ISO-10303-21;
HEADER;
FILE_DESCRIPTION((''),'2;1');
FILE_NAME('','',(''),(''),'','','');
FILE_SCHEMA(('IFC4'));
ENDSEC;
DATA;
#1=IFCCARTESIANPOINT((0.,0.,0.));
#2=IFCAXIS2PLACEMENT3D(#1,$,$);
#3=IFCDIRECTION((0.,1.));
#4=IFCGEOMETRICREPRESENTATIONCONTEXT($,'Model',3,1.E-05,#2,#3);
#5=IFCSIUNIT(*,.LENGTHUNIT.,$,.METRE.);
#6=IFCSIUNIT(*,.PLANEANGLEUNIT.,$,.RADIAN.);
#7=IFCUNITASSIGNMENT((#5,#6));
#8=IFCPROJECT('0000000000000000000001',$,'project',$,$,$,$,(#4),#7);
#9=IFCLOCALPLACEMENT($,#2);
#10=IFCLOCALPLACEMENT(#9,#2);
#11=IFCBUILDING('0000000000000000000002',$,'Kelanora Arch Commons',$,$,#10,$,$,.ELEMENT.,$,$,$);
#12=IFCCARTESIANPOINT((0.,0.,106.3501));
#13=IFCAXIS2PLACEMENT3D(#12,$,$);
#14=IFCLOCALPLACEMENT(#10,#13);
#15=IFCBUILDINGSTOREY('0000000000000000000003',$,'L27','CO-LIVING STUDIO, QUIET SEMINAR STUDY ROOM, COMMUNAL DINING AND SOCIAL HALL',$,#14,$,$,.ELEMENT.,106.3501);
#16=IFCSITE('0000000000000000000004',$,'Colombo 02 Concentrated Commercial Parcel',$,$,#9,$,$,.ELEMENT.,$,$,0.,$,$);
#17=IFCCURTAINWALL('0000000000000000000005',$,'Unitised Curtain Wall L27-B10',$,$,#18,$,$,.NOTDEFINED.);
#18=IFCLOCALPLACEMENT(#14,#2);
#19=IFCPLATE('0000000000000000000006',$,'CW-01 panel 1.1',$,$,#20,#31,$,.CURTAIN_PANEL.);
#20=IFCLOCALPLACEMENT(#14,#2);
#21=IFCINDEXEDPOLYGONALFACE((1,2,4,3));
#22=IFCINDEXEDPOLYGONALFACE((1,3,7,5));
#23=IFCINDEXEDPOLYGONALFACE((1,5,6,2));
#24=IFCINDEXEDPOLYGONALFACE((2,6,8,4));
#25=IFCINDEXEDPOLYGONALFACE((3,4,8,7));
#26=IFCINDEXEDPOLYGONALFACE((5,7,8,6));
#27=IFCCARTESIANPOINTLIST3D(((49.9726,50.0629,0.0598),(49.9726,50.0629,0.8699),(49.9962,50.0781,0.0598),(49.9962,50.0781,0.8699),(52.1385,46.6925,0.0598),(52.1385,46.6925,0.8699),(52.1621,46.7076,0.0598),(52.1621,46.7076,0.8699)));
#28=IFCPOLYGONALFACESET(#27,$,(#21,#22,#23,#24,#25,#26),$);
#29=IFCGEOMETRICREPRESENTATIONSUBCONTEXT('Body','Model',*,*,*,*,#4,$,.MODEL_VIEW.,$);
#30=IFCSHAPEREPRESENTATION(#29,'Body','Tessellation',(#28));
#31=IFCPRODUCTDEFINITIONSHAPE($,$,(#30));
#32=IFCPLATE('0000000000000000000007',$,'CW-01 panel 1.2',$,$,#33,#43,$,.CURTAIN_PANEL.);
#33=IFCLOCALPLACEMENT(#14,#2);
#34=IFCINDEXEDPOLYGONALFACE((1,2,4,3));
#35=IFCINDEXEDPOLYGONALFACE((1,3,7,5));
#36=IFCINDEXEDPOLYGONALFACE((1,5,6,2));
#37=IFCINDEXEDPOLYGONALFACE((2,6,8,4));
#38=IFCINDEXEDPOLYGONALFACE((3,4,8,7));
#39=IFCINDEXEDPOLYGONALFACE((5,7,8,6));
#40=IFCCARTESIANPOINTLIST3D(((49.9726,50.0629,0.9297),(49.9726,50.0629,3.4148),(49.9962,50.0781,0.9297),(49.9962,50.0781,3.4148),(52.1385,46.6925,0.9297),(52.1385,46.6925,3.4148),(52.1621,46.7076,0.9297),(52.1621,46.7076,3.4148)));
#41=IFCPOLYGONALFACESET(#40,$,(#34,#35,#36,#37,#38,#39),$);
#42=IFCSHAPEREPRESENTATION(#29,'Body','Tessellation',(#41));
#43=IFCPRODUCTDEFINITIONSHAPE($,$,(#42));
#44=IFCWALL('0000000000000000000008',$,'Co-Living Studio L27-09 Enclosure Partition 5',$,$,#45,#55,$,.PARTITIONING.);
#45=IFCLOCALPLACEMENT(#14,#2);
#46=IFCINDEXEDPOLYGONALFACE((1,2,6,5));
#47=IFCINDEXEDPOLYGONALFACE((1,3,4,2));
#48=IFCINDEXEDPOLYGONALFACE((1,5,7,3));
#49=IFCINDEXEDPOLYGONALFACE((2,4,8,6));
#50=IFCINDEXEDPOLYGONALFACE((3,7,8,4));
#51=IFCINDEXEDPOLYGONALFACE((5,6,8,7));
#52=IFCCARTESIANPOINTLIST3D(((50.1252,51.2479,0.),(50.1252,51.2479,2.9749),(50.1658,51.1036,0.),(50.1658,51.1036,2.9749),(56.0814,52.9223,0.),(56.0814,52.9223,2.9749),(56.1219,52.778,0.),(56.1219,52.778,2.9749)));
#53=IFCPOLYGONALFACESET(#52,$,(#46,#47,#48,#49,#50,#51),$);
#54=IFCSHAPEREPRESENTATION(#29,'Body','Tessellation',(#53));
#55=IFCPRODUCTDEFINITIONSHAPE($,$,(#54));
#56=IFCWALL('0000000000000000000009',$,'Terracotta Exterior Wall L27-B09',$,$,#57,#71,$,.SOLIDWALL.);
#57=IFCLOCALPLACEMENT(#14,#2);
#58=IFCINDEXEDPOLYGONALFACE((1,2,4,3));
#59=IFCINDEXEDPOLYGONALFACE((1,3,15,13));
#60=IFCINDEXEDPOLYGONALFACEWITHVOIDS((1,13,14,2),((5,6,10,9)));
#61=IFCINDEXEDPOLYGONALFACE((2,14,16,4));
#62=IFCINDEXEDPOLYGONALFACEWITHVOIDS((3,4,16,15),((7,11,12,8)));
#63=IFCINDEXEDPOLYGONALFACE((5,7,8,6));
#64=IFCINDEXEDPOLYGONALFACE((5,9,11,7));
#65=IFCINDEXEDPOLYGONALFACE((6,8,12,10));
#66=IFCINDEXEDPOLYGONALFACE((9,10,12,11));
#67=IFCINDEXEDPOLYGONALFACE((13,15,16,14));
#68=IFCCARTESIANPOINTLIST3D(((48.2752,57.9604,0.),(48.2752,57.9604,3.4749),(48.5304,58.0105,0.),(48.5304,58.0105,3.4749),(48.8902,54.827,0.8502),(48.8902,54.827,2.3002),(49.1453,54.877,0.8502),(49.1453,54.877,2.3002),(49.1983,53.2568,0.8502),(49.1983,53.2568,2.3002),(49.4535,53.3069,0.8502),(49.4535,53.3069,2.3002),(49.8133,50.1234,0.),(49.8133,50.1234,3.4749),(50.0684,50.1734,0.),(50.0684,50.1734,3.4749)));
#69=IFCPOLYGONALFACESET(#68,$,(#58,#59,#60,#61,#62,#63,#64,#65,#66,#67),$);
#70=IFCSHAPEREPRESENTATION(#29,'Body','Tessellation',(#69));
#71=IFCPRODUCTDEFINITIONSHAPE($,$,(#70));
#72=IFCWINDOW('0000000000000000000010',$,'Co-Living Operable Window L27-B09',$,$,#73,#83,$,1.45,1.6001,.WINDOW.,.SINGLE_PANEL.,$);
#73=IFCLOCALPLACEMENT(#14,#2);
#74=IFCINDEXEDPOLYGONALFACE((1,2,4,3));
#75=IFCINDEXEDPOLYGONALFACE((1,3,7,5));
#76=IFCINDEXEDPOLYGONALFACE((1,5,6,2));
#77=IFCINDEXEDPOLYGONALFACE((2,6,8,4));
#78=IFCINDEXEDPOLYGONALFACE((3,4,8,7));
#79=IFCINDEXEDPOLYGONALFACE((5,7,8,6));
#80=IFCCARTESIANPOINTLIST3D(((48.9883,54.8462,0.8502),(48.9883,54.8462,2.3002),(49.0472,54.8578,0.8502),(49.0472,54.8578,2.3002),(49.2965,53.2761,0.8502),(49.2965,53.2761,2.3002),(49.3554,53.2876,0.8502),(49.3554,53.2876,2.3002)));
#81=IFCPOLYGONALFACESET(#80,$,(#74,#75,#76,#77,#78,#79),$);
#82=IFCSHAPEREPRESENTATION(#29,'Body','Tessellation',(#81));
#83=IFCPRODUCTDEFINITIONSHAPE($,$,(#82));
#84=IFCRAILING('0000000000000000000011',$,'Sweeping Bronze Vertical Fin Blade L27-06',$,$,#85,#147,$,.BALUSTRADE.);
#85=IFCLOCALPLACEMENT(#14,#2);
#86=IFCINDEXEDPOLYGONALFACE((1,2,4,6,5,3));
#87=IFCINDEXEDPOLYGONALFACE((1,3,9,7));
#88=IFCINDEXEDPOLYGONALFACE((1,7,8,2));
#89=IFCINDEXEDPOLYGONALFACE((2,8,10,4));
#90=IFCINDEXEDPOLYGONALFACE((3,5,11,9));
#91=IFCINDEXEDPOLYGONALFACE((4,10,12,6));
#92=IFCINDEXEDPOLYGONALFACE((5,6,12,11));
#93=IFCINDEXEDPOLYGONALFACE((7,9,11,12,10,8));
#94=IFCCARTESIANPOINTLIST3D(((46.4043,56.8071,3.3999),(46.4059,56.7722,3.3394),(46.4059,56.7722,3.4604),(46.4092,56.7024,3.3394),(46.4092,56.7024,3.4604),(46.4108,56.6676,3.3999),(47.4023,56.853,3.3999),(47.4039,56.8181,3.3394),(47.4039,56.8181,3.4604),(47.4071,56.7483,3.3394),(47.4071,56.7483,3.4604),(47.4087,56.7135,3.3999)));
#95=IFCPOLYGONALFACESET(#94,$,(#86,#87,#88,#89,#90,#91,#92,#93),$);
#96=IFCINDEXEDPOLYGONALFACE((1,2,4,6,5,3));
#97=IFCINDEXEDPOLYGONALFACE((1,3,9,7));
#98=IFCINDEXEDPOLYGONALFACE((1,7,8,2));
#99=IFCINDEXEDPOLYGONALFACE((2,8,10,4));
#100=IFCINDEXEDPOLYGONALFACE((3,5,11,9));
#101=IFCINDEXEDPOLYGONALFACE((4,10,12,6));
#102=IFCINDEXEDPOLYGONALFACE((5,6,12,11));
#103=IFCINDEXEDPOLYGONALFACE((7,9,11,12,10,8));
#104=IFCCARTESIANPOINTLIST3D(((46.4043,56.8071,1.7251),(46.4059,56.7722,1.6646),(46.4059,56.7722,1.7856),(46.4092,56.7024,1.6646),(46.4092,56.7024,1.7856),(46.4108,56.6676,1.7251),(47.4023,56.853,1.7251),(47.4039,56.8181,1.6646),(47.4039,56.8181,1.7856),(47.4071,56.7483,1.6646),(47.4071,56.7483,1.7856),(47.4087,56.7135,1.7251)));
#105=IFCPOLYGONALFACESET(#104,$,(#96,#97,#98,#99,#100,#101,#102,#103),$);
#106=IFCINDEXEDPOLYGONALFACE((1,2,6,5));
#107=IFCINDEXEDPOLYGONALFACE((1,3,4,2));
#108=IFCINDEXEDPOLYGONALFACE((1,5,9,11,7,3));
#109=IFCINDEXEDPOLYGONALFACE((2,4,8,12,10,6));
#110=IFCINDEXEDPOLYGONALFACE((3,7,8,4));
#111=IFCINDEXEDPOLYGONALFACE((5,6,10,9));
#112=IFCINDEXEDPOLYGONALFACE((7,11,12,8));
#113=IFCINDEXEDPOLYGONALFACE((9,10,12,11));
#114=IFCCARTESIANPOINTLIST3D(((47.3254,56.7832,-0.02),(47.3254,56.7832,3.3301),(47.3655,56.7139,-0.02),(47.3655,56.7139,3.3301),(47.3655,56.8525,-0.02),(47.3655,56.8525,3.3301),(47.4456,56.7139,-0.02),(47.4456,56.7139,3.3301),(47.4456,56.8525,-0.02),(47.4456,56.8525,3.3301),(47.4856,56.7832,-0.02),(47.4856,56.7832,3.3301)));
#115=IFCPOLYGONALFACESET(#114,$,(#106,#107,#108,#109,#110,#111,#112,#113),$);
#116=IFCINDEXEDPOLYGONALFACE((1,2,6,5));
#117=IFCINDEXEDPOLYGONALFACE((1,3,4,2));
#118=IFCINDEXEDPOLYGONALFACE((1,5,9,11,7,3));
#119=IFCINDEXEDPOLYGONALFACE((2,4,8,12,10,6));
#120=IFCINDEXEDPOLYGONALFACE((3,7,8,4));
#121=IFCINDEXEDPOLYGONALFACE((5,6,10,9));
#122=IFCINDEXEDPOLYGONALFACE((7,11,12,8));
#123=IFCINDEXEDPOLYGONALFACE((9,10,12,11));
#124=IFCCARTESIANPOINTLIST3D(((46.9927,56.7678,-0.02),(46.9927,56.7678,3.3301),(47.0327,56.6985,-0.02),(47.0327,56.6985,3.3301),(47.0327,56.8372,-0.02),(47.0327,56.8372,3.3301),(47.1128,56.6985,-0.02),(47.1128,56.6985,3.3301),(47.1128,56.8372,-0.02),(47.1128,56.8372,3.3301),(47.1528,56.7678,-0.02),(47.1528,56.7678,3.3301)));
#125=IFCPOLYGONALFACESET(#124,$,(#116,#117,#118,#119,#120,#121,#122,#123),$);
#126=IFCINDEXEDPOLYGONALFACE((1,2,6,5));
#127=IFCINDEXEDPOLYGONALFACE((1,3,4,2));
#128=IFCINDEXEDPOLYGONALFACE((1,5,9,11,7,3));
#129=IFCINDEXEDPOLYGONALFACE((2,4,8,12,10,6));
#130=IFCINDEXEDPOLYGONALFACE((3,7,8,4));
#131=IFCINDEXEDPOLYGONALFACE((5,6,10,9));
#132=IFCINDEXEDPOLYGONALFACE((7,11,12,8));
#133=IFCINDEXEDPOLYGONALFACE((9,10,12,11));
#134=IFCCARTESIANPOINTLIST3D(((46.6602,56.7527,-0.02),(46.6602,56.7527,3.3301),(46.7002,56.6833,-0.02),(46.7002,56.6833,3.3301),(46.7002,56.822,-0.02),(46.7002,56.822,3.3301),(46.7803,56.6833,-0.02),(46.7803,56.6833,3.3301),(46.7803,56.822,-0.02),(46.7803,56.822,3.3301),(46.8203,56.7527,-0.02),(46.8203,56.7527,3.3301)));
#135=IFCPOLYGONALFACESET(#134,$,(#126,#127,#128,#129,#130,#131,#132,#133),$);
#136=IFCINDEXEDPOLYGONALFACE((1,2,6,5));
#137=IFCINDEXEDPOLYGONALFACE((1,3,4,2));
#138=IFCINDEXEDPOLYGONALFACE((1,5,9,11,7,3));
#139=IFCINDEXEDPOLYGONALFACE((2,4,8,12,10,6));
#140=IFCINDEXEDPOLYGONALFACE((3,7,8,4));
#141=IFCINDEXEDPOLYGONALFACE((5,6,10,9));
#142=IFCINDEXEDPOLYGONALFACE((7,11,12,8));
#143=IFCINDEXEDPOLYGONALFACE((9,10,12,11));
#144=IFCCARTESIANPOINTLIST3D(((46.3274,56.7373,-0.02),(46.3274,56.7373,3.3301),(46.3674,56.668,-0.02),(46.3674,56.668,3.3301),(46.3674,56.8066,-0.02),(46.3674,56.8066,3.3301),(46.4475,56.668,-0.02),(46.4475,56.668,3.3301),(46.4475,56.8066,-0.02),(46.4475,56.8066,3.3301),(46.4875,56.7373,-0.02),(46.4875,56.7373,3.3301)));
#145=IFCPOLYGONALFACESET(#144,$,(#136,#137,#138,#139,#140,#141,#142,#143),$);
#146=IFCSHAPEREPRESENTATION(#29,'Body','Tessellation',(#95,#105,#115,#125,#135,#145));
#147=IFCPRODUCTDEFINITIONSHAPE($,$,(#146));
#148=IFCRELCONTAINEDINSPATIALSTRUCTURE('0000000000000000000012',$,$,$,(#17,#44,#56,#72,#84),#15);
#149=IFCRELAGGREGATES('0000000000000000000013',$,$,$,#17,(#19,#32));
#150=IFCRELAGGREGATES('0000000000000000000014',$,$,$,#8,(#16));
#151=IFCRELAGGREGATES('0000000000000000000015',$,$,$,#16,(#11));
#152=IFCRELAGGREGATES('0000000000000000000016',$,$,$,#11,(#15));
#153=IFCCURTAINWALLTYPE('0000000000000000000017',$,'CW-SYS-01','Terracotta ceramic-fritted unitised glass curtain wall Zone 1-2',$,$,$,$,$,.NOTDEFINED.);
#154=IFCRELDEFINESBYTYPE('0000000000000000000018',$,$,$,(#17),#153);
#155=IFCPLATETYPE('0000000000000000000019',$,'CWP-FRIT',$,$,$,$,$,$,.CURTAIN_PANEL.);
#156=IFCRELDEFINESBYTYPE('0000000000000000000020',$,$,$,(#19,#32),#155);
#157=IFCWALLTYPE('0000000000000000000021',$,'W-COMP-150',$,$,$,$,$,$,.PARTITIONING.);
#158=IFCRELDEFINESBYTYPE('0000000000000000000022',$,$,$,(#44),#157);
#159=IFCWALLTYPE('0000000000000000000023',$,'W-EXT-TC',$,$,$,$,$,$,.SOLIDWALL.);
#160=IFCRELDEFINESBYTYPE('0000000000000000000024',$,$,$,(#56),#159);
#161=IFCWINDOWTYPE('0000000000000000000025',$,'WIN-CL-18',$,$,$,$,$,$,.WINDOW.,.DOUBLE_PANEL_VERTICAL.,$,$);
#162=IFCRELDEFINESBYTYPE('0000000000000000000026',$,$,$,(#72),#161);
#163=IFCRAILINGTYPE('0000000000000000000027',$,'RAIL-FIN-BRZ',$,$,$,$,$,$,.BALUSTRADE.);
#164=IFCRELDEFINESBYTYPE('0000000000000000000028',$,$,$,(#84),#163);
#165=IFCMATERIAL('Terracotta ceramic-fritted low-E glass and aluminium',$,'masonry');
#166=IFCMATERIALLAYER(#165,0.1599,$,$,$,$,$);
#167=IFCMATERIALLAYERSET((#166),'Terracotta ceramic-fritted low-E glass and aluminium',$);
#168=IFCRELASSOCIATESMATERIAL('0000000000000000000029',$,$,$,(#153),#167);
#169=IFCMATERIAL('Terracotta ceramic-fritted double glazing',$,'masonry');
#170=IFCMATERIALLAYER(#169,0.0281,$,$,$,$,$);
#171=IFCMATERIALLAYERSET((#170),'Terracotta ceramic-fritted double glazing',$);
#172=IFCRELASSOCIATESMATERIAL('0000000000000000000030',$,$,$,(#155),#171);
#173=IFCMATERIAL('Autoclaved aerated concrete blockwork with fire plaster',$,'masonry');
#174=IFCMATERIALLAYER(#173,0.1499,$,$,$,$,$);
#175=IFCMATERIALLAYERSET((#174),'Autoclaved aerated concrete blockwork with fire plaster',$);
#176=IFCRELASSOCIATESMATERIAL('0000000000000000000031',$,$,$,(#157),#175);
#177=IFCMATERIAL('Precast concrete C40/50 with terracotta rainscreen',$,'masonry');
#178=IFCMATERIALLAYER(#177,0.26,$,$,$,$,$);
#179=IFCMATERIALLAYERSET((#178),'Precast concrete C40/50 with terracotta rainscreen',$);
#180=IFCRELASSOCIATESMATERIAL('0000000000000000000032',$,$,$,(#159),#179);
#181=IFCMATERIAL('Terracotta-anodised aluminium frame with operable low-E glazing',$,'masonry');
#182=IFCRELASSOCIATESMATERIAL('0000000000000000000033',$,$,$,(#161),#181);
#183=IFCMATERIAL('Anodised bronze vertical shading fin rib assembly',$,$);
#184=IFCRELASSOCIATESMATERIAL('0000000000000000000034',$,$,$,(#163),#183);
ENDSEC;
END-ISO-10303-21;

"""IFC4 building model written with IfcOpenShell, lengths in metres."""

from ifc_helpers import new_model, si_unit, direction, frame, frame_2d, origin, origin_2d, place, context, subcontext, project, spatial, polyline, rectangle, outline, extrude, source, transform, mapped, material, layer, layer_set, type_object, element, fill, aggregate, save


model = new_model("IFC4")

# Units and contexts
model_context = context("Model", 3, precision=1e-05, world=origin(), true_north=direction((0.0, 1.0)))
body_context = subcontext(model_context, "Body", "Model", "MODEL_VIEW")
ifc_project = project(units=[si_unit("LENGTHUNIT", "METRE"), si_unit("PLANEANGLEUNIT", "RADIAN")], contexts=[model_context])

# Site, building, storey
site_placement = place(None, origin())
site = spatial("IfcSite", under=ifc_project, at=site_placement, Name="Colombo 02 Concentrated Commercial Parcel", CompositionType="ELEMENT", RefElevation=0.0)
building_placement = place(site_placement, origin())
building = spatial("IfcBuilding", under=site, at=building_placement, Name="Kelanora Arch Commons", CompositionType="ELEMENT")
storey_placement = place(building_placement, frame((0.0, 0.0, 106.3501)))
storey = spatial("IfcBuildingStorey", under=building, at=storey_placement, Name="L27", Description="CO-LIVING STUDIO, QUIET SEMINAR STUDY ROOM, COMMUNAL DINING AND SOCIAL HALL", CompositionType="ELEMENT", Elevation=106.3501)

# Shared definitions
ifc_material_1 = material(Name="Terracotta ceramic-fritted low-E glass and aluminium", Category="masonry")
ifc_layer_1 = layer(ifc_material_1, 0.1599)
ifc_layer_set_1 = layer_set([ifc_layer_1], Name="Terracotta ceramic-fritted low-E glass and aluminium")
curtain_wall_type = type_object("IfcCurtainWallType", Name="CW-SYS-01", Description="Terracotta ceramic-fritted unitised glass curtain wall Zone 1-2", PredefinedType="NOTDEFINED", material=ifc_layer_set_1)

# Curtain wall
curtain_wall_1_placement = place(storey_placement, origin())
curtain_wall_1 = element("IfcCurtainWall", 1, at=curtain_wall_1_placement, inside=storey, type_object=curtain_wall_type, Name="Unitised Curtain Wall L27-B10", PredefinedType="NOTDEFINED")

# Plates
ifc_material_2 = material(Name="Terracotta ceramic-fritted double glazing", Category="masonry")
ifc_layer_2 = layer(ifc_material_2, 0.0281)
ifc_layer_set_2 = layer_set([ifc_layer_2], Name="Terracotta ceramic-fritted double glazing")
plate_type = type_object("IfcPlateType", Name="CWP-FRIT", PredefinedType="CURTAIN_PANEL", material=ifc_layer_set_2)
shared_shape_1 = source(origin(), body_context, "Body", "SweptSolid", [
    extrude(rectangle(XDim=4.0063, YDim=0.0281, at=origin_2d()), origin(), (0.0, 0.0, 1.0), 0.8101),
])
plate_1_placement = place(storey_placement, frame((51.0674, 48.3853, 0.0598), z_axis=(0.0, 0.0, 1.0), x_axis=(0.540617, -0.841269, 0.0)))
plate_1 = element("IfcPlate", 2, at=plate_1_placement, type_object=plate_type, Name="CW-01 panel 1.1", PredefinedType="CURTAIN_PANEL", context=body_context, shape_type="MappedRepresentation", body=[
    mapped(shared_shape_1, transform((0.0, 0.0, 0.0), scale=1.0)),
])
shared_shape_2 = source(origin(), body_context, "Body", "SweptSolid", [
    extrude(rectangle(XDim=4.0063, YDim=0.0281, at=origin_2d()), origin(), (0.0, 0.0, 1.0), 2.4851),
])
plate_2_placement = place(storey_placement, frame((51.0674, 48.3853, 0.9297), z_axis=(0.0, 0.0, 1.0), x_axis=(0.540617, -0.841269, 0.0)))
plate_2 = element("IfcPlate", 3, at=plate_2_placement, type_object=plate_type, Name="CW-01 panel 1.2", PredefinedType="CURTAIN_PANEL", context=body_context, shape_type="MappedRepresentation", body=[
    mapped(shared_shape_2, transform((0.0, 0.0, 0.0), scale=1.0)),
])
aggregate(curtain_wall_1, [plate_1, plate_2])

# Wall
ifc_material_3 = material(Name="Autoclaved aerated concrete blockwork with fire plaster", Category="masonry")
ifc_layer_3 = layer(ifc_material_3, 0.1499)
ifc_layer_set_3 = layer_set([ifc_layer_3], Name="Autoclaved aerated concrete blockwork with fire plaster")
wall_type_1 = type_object("IfcWallType", Name="W-COMP-150", PredefinedType="PARTITIONING", material=ifc_layer_set_3)
wall_1_placement = place(storey_placement, frame((50.1455, 51.1758, 0.0), z_axis=(0.0, 0.0, 1.0), x_axis=(0.962686, 0.270622, 0.0)))
element("IfcWall", 4, at=wall_1_placement, inside=storey, type_object=wall_type_1, Name="Co-Living Studio L27-09 Enclosure Partition 5", PredefinedType="PARTITIONING", context=body_context, shape_type="SweptSolid", body=[
    extrude(rectangle(XDim=6.187, YDim=0.1499, at=frame_2d((3.0935, 0.0))), origin(), (0.0, 0.0, 1.0), 2.9749),
])

# Wall, opening, window
ifc_material_4 = material(Name="Precast concrete C40/50 with terracotta rainscreen", Category="masonry")
ifc_layer_4 = layer(ifc_material_4, 0.26)
ifc_layer_set_4 = layer_set([ifc_layer_4], Name="Precast concrete C40/50 with terracotta rainscreen")
wall_type_2 = type_object("IfcWallType", Name="W-EXT-TC", PredefinedType="SOLIDWALL", material=ifc_layer_set_4)
wall_2_placement = place(storey_placement, frame((48.4028, 57.9854, 0.0), z_axis=(0.0, 0.0, 1.0), x_axis=(0.192582, -0.981281, 0.0)))
wall_2 = element("IfcWall", 5, at=wall_2_placement, inside=storey, type_object=wall_type_2, Name="Terracotta Exterior Wall L27-B09", PredefinedType="SOLIDWALL", context=body_context, shape_type="SweptSolid", body=[
    extrude(rectangle(XDim=7.9866, YDim=0.26, at=frame_2d((3.9932, 0.0))), origin(), (0.0, 0.0, 1.0), 3.4749),
])
opening_placement = place(wall_2_placement, frame((3.1931, 0.0, 0.8501)))
opening = element("IfcOpeningElement", 6, at=opening_placement, cuts=wall_2, PredefinedType="OPENING", context=body_context, shape_type="SweptSolid", body=[
    extrude(rectangle(XDim=1.6001, YDim=1.45, at=frame_2d((0.8, 0.7251))), frame((0.0, 0.1401, 0.0), z_axis=(0.0, -1.0, 0.0), x_axis=(1.0, 0.0, 0.0)), (0.0, 0.0, 1.0), 0.28),
])
ifc_material_5 = material(Name="Terracotta-anodised aluminium frame with operable low-E glazing", Category="masonry")
window_type = type_object("IfcWindowType", Name="WIN-CL-18", PartitioningType="DOUBLE_PANEL_VERTICAL", PredefinedType="WINDOW", material=ifc_material_5)
window_placement = place(opening_placement, origin())
window = element("IfcWindow", 7, at=window_placement, inside=storey, type_object=window_type, Name="Co-Living Operable Window L27-B09", OverallHeight=1.45, OverallWidth=1.6001, PartitioningType="SINGLE_PANEL", PredefinedType="WINDOW", context=body_context, shape_type="SweptSolid", body=[
    extrude(rectangle(XDim=1.6001, YDim=1.45, at=frame_2d((0.8, 0.7251))), frame((0.0, 0.03, 0.0), z_axis=(0.0, -1.0, 0.0), x_axis=(1.0, 0.0, 0.0)), (0.0, 0.0, 1.0), 0.0601),
])
fill(opening, window)

# Railing
ifc_material_6 = material(Name="Anodised bronze vertical shading fin rib assembly")
railing_type = type_object("IfcRailingType", Name="RAIL-FIN-BRZ", PredefinedType="BALUSTRADE", material=ifc_material_6)
railing_1_placement = place(storey_placement, frame((47.4055, 56.7832, -0.02)))
element("IfcRailing", 8, at=railing_1_placement, inside=storey, type_object=railing_type, Name="Sweeping Bronze Vertical Fin Blade L27-06", PredefinedType="BALUSTRADE", context=body_context, shape_type="SweptSolid", body=[
    extrude(outline(polyline([(0.0698, 0.0), (0.0349, 0.0605), (-0.0349, 0.0605), (-0.0698, 0.0), (-0.0349, -0.0605), (0.0349, -0.0605), (0.0698, 0.0)])), frame((0.0, 0.0, 3.4199), z_axis=(-0.998944, -0.04594, 0.0), x_axis=(0.04594, -0.998944, 0.0)), (0.0, 0.0, 1.0), 0.999),
    extrude(outline(polyline([(0.0698, 0.0), (0.0349, 0.0605), (-0.0349, 0.0605), (-0.0698, 0.0), (-0.0349, -0.0605), (0.0349, -0.0605), (0.0698, 0.0)])), frame((0.0, 0.0, 1.7451), z_axis=(-0.998944, -0.04594, 0.0), x_axis=(0.04594, -0.998944, 0.0)), (0.0, 0.0, 1.0), 0.999),
    extrude(outline(polyline([(0.0801, 0.0), (0.04, 0.0693), (-0.04, 0.0693), (-0.0801, 0.0), (-0.04, -0.0693), (0.04, -0.0693), (0.0801, 0.0)])), origin(), (0.0, 0.0, 1.0), 3.3501),
    extrude(outline(polyline([(0.0801, 0.0), (0.04, 0.0693), (-0.04, 0.0693), (-0.0801, 0.0), (-0.04, -0.0693), (0.04, -0.0693), (0.0801, 0.0)])), frame((-0.3328, -0.0154, 0.0)), (0.0, 0.0, 1.0), 3.3501),
    extrude(outline(polyline([(0.0801, 0.0), (0.04, 0.0693), (-0.04, 0.0693), (-0.0801, 0.0), (-0.04, -0.0693), (0.04, -0.0693), (0.0801, 0.0)])), frame((-0.6653, -0.0305, 0.0)), (0.0, 0.0, 1.0), 3.3501),
    extrude(outline(polyline([(0.0801, 0.0), (0.04, 0.0693), (-0.04, 0.0693), (-0.0801, 0.0), (-0.04, -0.0693), (0.04, -0.0693), (0.0801, 0.0)])), frame((-0.998, -0.0459, 0.0)), (0.0, 0.0, 1.0), 3.3501),
])

save(model, "model.ifc")
